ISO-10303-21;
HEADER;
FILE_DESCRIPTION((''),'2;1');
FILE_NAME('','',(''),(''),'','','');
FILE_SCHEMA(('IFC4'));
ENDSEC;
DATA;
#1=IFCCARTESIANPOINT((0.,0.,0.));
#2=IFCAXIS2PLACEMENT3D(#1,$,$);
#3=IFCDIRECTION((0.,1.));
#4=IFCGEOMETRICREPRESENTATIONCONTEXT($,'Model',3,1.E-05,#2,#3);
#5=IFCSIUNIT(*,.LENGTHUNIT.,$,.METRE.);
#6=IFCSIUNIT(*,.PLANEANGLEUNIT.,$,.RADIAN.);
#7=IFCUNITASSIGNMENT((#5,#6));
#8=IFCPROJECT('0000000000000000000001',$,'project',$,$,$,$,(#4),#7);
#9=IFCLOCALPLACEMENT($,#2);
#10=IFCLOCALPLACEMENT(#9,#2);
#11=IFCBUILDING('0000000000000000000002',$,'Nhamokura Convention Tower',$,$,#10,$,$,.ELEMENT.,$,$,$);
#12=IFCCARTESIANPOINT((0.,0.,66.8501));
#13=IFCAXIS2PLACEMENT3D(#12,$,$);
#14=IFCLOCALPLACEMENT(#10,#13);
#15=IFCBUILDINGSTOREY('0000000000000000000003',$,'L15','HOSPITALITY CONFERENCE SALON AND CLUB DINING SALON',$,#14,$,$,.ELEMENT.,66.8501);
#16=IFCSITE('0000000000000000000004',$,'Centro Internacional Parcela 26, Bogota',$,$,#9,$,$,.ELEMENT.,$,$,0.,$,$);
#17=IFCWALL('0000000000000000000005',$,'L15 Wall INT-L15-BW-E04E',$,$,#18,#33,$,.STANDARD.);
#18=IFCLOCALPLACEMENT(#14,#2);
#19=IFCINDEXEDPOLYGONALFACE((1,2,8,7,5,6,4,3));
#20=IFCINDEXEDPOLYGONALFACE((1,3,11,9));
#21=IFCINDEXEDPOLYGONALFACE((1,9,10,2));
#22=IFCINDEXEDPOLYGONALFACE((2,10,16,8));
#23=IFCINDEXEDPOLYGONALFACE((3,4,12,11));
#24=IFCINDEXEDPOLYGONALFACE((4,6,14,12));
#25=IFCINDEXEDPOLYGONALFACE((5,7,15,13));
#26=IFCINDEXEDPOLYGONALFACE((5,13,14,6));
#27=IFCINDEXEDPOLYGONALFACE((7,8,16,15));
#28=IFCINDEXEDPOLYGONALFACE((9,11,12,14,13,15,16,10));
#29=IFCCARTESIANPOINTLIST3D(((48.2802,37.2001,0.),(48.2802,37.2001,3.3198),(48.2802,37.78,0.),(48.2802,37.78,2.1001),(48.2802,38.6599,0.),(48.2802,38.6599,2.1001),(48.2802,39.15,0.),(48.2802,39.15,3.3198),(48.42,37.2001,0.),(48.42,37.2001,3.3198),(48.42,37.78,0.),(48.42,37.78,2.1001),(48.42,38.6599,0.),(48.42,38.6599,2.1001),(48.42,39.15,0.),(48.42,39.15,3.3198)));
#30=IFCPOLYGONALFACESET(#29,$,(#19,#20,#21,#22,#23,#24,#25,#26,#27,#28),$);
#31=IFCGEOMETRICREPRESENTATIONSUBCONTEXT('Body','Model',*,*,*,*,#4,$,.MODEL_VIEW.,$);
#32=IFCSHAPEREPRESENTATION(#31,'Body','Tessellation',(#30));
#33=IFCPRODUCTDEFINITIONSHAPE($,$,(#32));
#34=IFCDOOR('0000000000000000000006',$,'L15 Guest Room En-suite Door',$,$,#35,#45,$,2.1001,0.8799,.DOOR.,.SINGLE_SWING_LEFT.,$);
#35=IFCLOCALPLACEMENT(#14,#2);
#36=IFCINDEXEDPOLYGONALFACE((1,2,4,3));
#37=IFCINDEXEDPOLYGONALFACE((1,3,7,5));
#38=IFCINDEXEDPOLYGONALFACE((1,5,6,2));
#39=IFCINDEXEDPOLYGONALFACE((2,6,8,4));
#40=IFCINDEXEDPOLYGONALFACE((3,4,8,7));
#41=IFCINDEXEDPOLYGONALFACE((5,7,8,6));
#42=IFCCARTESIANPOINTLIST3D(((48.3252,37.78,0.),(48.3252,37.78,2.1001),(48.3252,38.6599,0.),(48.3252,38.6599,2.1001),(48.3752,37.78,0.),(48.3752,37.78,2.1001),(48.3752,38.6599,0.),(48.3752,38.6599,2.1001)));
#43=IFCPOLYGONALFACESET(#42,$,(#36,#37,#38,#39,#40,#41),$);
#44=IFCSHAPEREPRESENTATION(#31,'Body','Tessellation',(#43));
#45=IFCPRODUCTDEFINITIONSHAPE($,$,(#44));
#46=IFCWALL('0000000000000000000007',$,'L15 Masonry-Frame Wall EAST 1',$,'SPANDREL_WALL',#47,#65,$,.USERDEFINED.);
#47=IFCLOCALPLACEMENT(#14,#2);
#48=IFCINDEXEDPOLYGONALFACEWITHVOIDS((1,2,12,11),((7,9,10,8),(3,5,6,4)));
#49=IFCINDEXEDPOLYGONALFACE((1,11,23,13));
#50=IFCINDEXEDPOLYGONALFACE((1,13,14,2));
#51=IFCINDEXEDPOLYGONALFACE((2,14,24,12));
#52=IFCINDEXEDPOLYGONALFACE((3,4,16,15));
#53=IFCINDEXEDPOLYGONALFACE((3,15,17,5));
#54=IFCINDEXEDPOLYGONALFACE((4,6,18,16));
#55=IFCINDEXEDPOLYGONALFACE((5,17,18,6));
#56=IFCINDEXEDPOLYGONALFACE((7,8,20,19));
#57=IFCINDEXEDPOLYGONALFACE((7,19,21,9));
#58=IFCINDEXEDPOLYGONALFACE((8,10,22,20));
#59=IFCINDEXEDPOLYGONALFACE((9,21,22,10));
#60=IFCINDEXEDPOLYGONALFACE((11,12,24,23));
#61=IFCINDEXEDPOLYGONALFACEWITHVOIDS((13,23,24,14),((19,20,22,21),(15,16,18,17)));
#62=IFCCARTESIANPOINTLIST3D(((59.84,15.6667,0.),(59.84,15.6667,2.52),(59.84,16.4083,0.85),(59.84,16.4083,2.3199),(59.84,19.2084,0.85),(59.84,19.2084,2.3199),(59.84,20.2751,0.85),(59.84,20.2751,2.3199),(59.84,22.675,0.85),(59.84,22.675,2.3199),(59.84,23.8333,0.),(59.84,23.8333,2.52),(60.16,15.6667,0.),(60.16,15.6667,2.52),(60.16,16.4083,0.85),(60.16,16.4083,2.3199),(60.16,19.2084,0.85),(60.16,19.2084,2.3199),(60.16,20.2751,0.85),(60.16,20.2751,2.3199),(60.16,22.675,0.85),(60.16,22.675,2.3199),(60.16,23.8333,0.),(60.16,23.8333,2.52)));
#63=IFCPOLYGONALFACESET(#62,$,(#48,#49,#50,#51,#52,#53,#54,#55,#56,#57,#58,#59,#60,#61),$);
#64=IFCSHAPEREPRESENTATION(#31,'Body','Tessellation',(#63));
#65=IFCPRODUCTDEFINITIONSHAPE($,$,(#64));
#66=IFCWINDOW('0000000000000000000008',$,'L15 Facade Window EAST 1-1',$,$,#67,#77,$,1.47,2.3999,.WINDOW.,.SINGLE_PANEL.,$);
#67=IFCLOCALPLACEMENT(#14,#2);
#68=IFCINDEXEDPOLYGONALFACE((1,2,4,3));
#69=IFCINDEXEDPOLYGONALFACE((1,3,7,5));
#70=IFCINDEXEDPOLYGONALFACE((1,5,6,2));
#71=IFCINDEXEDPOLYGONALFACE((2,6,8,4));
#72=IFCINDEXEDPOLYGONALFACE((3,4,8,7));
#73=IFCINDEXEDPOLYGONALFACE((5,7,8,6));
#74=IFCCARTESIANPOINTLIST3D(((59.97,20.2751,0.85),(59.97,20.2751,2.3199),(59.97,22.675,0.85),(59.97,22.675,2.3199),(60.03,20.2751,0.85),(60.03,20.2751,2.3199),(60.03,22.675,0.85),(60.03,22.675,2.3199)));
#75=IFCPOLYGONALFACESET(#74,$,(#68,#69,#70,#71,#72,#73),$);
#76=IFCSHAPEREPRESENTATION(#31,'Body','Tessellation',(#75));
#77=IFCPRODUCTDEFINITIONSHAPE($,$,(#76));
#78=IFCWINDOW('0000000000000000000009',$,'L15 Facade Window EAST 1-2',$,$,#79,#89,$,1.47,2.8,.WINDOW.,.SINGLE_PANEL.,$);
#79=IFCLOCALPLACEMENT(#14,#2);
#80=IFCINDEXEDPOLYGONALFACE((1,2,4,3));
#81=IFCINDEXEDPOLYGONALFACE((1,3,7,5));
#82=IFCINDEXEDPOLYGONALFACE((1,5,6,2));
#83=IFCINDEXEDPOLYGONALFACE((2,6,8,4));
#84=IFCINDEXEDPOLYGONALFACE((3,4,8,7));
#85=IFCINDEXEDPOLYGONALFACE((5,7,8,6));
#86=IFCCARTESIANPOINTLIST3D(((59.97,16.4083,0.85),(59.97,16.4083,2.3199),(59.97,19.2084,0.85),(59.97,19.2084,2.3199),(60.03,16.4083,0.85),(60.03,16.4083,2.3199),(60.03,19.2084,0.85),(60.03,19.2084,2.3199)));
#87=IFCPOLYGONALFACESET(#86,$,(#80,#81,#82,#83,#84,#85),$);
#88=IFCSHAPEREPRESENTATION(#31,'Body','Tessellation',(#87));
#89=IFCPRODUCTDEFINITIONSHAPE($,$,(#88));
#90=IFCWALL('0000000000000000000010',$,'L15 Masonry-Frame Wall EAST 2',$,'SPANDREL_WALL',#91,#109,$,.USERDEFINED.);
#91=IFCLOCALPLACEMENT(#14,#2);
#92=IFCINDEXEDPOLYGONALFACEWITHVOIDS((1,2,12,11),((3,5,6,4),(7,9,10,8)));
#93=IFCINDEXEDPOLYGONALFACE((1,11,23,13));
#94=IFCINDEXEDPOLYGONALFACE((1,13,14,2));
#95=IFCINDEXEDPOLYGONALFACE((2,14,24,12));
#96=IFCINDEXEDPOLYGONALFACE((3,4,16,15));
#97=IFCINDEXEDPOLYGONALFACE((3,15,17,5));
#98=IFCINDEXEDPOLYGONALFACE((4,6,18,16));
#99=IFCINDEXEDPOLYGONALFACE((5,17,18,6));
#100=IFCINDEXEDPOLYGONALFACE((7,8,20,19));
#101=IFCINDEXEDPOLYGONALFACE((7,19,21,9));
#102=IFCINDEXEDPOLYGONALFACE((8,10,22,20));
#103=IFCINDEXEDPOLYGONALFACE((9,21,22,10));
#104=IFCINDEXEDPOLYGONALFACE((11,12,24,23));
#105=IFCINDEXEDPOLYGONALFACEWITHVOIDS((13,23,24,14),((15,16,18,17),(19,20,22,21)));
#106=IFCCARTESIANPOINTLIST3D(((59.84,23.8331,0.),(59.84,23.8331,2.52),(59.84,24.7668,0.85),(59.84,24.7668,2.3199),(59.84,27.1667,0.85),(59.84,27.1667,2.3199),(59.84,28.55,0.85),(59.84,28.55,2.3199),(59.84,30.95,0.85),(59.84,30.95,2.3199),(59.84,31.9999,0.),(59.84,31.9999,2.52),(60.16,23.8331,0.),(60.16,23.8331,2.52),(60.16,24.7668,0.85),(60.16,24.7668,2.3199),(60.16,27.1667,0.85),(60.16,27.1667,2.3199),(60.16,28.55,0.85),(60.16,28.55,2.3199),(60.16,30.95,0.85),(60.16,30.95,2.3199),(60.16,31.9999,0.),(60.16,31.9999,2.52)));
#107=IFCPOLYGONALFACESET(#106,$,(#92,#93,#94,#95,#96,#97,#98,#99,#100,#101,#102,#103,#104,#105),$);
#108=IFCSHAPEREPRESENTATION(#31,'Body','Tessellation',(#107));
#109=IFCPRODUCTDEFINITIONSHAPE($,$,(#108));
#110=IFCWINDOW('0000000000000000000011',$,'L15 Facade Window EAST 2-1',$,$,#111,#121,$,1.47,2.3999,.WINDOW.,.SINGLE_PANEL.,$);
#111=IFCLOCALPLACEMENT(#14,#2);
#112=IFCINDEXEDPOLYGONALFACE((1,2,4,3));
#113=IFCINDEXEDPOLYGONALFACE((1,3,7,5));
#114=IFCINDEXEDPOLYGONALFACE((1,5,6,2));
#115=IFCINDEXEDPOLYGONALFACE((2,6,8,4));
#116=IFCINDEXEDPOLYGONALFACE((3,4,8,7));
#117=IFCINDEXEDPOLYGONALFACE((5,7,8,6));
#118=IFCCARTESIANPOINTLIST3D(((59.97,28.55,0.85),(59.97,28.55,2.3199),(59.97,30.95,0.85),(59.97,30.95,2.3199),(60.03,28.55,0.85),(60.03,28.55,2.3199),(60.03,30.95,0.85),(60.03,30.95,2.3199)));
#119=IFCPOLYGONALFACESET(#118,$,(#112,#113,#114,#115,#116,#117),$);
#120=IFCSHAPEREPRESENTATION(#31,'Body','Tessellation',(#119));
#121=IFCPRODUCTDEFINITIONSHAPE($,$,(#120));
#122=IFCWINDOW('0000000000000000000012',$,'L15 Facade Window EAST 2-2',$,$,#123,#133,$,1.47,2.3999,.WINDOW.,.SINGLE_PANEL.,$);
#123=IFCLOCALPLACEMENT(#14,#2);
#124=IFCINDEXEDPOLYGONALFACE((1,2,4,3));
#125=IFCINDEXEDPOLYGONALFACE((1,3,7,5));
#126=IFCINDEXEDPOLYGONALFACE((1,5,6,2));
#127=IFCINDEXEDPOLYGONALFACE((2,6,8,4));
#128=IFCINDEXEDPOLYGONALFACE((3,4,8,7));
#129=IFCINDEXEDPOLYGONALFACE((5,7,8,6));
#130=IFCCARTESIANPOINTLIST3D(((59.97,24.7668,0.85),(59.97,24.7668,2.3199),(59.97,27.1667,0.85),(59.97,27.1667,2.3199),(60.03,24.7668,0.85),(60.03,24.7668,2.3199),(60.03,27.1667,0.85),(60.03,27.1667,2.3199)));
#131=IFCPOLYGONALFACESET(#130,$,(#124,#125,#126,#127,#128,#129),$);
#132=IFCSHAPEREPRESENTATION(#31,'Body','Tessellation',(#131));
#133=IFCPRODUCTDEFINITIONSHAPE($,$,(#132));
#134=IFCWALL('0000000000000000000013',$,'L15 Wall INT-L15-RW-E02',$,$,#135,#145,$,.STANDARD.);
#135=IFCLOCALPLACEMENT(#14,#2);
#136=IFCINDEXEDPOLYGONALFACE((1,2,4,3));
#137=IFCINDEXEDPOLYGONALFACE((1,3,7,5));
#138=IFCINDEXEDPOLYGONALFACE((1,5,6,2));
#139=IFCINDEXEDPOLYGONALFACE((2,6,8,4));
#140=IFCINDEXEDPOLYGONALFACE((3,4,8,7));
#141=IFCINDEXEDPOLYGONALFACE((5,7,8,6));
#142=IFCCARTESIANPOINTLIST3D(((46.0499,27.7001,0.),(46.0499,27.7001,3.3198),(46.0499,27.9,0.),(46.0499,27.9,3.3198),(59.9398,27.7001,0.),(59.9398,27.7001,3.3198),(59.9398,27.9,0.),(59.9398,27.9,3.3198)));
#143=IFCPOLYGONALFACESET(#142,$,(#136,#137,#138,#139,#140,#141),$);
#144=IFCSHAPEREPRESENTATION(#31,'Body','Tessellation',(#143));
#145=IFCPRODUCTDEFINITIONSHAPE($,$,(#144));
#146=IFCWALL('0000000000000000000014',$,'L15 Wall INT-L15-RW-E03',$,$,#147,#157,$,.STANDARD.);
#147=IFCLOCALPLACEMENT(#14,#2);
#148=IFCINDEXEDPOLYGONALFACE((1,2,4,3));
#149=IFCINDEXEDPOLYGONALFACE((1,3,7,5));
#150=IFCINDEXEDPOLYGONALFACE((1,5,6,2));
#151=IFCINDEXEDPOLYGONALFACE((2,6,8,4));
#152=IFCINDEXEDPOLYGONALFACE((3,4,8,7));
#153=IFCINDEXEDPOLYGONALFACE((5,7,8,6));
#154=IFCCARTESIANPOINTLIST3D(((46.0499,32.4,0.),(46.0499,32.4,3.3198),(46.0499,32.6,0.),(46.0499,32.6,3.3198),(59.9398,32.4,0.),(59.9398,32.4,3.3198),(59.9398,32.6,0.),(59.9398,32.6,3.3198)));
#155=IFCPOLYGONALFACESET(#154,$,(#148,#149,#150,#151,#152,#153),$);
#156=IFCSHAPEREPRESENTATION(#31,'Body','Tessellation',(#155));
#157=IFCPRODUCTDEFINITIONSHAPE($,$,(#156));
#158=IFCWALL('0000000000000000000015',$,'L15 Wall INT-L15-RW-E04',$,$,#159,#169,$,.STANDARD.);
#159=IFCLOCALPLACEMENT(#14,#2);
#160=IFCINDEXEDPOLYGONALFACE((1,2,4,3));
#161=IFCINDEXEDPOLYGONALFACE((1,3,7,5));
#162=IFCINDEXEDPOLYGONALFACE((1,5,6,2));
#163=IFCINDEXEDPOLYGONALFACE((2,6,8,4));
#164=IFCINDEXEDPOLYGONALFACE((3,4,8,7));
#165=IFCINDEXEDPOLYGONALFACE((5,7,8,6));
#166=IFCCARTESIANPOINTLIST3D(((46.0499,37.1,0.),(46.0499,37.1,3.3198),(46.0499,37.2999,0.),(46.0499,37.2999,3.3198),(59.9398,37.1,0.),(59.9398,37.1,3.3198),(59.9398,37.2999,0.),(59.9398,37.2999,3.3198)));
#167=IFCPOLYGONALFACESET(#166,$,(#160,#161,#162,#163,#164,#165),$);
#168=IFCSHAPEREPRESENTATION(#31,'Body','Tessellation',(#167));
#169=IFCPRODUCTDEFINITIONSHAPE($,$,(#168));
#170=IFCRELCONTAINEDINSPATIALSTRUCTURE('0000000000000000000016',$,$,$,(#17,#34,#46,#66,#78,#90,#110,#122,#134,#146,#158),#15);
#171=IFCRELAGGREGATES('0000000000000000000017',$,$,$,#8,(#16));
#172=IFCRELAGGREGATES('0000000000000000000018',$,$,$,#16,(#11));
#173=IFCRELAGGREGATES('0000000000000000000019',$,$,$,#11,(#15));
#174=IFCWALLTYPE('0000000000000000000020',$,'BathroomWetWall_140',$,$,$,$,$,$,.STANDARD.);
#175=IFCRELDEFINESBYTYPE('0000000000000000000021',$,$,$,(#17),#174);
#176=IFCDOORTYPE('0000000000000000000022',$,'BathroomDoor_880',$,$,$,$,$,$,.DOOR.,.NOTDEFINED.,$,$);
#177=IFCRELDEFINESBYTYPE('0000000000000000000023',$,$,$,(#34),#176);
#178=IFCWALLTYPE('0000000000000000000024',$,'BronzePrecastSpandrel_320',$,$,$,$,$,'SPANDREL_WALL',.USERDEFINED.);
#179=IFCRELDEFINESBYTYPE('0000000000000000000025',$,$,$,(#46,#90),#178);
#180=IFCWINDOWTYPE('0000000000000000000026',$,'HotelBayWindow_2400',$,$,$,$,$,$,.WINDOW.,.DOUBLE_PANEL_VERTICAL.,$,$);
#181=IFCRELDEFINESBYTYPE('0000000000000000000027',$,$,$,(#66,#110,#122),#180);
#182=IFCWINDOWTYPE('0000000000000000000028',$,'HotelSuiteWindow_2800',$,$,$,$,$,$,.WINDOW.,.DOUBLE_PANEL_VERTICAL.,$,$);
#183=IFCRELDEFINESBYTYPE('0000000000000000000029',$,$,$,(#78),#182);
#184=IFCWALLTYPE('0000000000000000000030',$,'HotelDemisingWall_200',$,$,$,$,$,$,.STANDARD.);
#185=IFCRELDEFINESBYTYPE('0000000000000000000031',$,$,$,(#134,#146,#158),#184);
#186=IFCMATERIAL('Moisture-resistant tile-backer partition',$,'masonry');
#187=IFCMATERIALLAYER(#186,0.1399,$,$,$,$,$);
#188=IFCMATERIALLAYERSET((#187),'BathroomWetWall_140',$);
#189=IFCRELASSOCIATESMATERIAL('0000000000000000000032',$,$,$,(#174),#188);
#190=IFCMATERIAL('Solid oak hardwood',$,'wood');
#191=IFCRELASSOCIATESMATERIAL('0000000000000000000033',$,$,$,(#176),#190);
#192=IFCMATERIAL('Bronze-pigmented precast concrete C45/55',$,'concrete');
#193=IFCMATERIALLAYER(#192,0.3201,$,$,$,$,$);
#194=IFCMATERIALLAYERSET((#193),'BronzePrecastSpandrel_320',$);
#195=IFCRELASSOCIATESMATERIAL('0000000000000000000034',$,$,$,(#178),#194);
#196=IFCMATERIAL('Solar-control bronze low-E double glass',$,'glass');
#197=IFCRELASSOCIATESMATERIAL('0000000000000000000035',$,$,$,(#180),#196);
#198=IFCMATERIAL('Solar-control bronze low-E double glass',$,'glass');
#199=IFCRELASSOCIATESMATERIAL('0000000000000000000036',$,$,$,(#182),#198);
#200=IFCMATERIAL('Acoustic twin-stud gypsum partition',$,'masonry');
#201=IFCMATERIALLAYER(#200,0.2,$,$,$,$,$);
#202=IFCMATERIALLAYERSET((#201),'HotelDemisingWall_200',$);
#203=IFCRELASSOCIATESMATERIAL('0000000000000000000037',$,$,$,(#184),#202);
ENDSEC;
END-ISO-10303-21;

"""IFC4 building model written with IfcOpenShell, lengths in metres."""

from ifc_helpers import new_model, si_unit, direction, frame, frame_2d, origin, place, context, subcontext, project, spatial, rectangle, extrude, material, layer, layer_set, type_object, element, fill, save


model = new_model("IFC4")

# Units and contexts
model_context = context("Model", 3, precision=1e-05, world=origin(), true_north=direction((0.0, 1.0)))
body_context = subcontext(model_context, "Body", "Model", "MODEL_VIEW")
ifc_project = project(units=[si_unit("LENGTHUNIT", "METRE"), si_unit("PLANEANGLEUNIT", "RADIAN")], contexts=[model_context])

# Site, building, storey
site_placement = place(None, origin())
site = spatial("IfcSite", under=ifc_project, at=site_placement, Name="Centro Internacional Parcela 26, Bogota", CompositionType="ELEMENT", RefElevation=0.0)
building_placement = place(site_placement, origin())
building = spatial("IfcBuilding", under=site, at=building_placement, Name="Nhamokura Convention Tower", CompositionType="ELEMENT")
storey_placement = place(building_placement, frame((0.0, 0.0, 66.8501)))
storey = spatial("IfcBuildingStorey", under=building, at=storey_placement, Name="L15", Description="HOSPITALITY CONFERENCE SALON AND CLUB DINING SALON", CompositionType="ELEMENT", Elevation=66.8501)

# Shared definitions
ifc_material_1 = material(Name="Moisture-resistant tile-backer partition", Category="masonry")
ifc_layer_1 = layer(ifc_material_1, 0.1399)
ifc_layer_set_1 = layer_set([ifc_layer_1], Name="BathroomWetWall_140")
wall_type_1 = type_object("IfcWallType", Name="BathroomWetWall_140", PredefinedType="STANDARD", material=ifc_layer_set_1)

# Wall, opening, door
ifc_material_2 = material(Name="Solid oak hardwood", Category="wood")
door_type_1 = type_object("IfcDoorType", Name="BathroomDoor_880", OperationType="NOTDEFINED", PredefinedType="DOOR", material=ifc_material_2)
wall_1_placement = place(storey_placement, frame((48.3501, 37.2, 0.0), z_axis=(0.0, 0.0, 1.0), x_axis=(0.0, 1.0, 0.0)))
wall_1 = element("IfcWall", 1, at=wall_1_placement, inside=storey, type_object=wall_type_1, Name="L15 Wall INT-L15-BW-E04E", PredefinedType="STANDARD", context=body_context, shape_type="SweptSolid", body=[
    extrude(rectangle(XDim=1.95, YDim=0.1399, at=frame_2d((0.9751, 0.0))), origin(), (0.0, 0.0, 1.0), 3.3198),
])
opening_1_placement = place(wall_1_placement, frame((0.5801, 0.0, 0.0)))
opening_1 = element("IfcOpeningElement", 2, at=opening_1_placement, cuts=wall_1, PredefinedType="OPENING", context=body_context, shape_type="SweptSolid", body=[
    extrude(rectangle(XDim=0.8799, YDim=2.1001, at=frame_2d((0.4399, 1.05))), frame((0.0, 0.0798, 0.0), z_axis=(0.0, -1.0, 0.0), x_axis=(1.0, 0.0, 0.0)), (0.0, 0.0, 1.0), 0.1599),
])
door_1_placement = place(opening_1_placement, origin())
door_1 = element("IfcDoor", 3, at=door_1_placement, inside=storey, type_object=door_type_1, Name="L15 Guest Room En-suite Door", OperationType="SINGLE_SWING_LEFT", OverallHeight=2.1001, OverallWidth=0.8799, PredefinedType="DOOR", context=body_context, shape_type="SweptSolid", body=[
    extrude(rectangle(XDim=0.8799, YDim=2.1001, at=frame_2d((0.4399, 1.05))), frame((0.0, 0.0249, 0.0), z_axis=(0.0, -1.0, 0.0), x_axis=(1.0, 0.0, 0.0)), (0.0, 0.0, 1.0), 0.05),
])
fill(opening_1, door_1)

# Walls, openings, windows
ifc_material_3 = material(Name="Bronze-pigmented precast concrete C45/55", Category="concrete")
ifc_layer_2 = layer(ifc_material_3, 0.3201)
ifc_layer_set_2 = layer_set([ifc_layer_2], Name="BronzePrecastSpandrel_320")
wall_type_2 = type_object("IfcWallType", Name="BronzePrecastSpandrel_320", ElementType="SPANDREL_WALL", PredefinedType="USERDEFINED", material=ifc_layer_set_2)
wall_2_placement = place(storey_placement, frame((60.0, 23.8333, 0.0), z_axis=(0.0, 0.0, 1.0), x_axis=(0.0, -1.0, 0.0)))
wall_2 = element("IfcWall", 4, at=wall_2_placement, inside=storey, type_object=wall_type_2, Name="L15 Masonry-Frame Wall EAST 1", ObjectType="SPANDREL_WALL", PredefinedType="USERDEFINED", context=body_context, shape_type="SweptSolid", body=[
    extrude(rectangle(XDim=8.1665, YDim=0.3201, at=frame_2d((4.0833, 0.0))), origin(), (0.0, 0.0, 1.0), 2.52),
])
opening_2_placement = place(wall_2_placement, frame((1.1582, 0.0, 0.8501)))
opening_2 = element("IfcOpeningElement", 5, at=opening_2_placement, cuts=wall_2, PredefinedType="OPENING", context=body_context, shape_type="SweptSolid", body=[
    extrude(rectangle(XDim=2.3999, YDim=1.47, at=frame_2d((1.2, 0.7349))), frame((0.0, 0.1699, 0.0), z_axis=(0.0, -1.0, 0.0), x_axis=(1.0, 0.0, 0.0)), (0.0, 0.0, 1.0), 0.3401),
])
opening_3_placement = place(wall_2_placement, frame((4.625, 0.0, 0.8501)))
opening_3 = element("IfcOpeningElement", 6, at=opening_3_placement, cuts=wall_2, PredefinedType="OPENING", context=body_context, shape_type="SweptSolid", body=[
    extrude(rectangle(XDim=2.8, YDim=1.47, at=frame_2d((1.3999, 0.7349))), frame((0.0, 0.1699, 0.0), z_axis=(0.0, -1.0, 0.0), x_axis=(1.0, 0.0, 0.0)), (0.0, 0.0, 1.0), 0.3401),
])
ifc_material_4 = material(Name="Solar-control bronze low-E double glass", Category="glass")
window_type_1 = type_object("IfcWindowType", Name="HotelBayWindow_2400", PartitioningType="DOUBLE_PANEL_VERTICAL", PredefinedType="WINDOW", material=ifc_material_4)
window_1_placement = place(opening_2_placement, origin())
window_1 = element("IfcWindow", 7, at=window_1_placement, inside=storey, type_object=window_type_1, Name="L15 Facade Window EAST 1-1", OverallHeight=1.47, OverallWidth=2.3999, PartitioningType="SINGLE_PANEL", PredefinedType="WINDOW", context=body_context, shape_type="SweptSolid", body=[
    extrude(rectangle(XDim=2.3999, YDim=1.47, at=frame_2d((1.2, 0.7349))), frame((0.0, 0.03, 0.0), z_axis=(0.0, -1.0, 0.0), x_axis=(1.0, 0.0, 0.0)), (0.0, 0.0, 1.0), 0.0601),
])
fill(opening_2, window_1)
ifc_material_5 = material(Name="Solar-control bronze low-E double glass", Category="glass")
window_type_2 = type_object("IfcWindowType", Name="HotelSuiteWindow_2800", PartitioningType="DOUBLE_PANEL_VERTICAL", PredefinedType="WINDOW", material=ifc_material_5)
window_2_placement = place(opening_3_placement, origin())
window_2 = element("IfcWindow", 8, at=window_2_placement, inside=storey, type_object=window_type_2, Name="L15 Facade Window EAST 1-2", OverallHeight=1.47, OverallWidth=2.8, PartitioningType="SINGLE_PANEL", PredefinedType="WINDOW", context=body_context, shape_type="SweptSolid", body=[
    extrude(rectangle(XDim=2.8, YDim=1.47, at=frame_2d((1.3999, 0.7349))), frame((0.0, 0.03, 0.0), z_axis=(0.0, -1.0, 0.0), x_axis=(1.0, 0.0, 0.0)), (0.0, 0.0, 1.0), 0.0601),
])
fill(opening_3, window_2)
wall_3_placement = place(storey_placement, frame((60.0, 32.0, 0.0), z_axis=(0.0, 0.0, 1.0), x_axis=(0.0, -1.0, 0.0)))
wall_3 = element("IfcWall", 9, at=wall_3_placement, inside=storey, type_object=wall_type_2, Name="L15 Masonry-Frame Wall EAST 2", ObjectType="SPANDREL_WALL", PredefinedType="USERDEFINED", context=body_context, shape_type="SweptSolid", body=[
    extrude(rectangle(XDim=8.1667, YDim=0.3201, at=frame_2d((4.0835, 0.0))), origin(), (0.0, 0.0, 1.0), 2.52),
])
opening_4_placement = place(wall_3_placement, frame((1.05, 0.0, 0.8501)))
opening_4 = element("IfcOpeningElement", 10, at=opening_4_placement, cuts=wall_3, PredefinedType="OPENING", context=body_context, shape_type="SweptSolid", body=[
    extrude(rectangle(XDim=2.3999, YDim=1.47, at=frame_2d((1.2, 0.7349))), frame((0.0, 0.1699, 0.0), z_axis=(0.0, -1.0, 0.0), x_axis=(1.0, 0.0, 0.0)), (0.0, 0.0, 1.0), 0.3401),
])
opening_5_placement = place(wall_3_placement, frame((4.8333, 0.0, 0.8501)))
opening_5 = element("IfcOpeningElement", 11, at=opening_5_placement, cuts=wall_3, PredefinedType="OPENING", context=body_context, shape_type="SweptSolid", body=[
    extrude(rectangle(XDim=2.3999, YDim=1.47, at=frame_2d((1.2, 0.7349))), frame((0.0, 0.1699, 0.0), z_axis=(0.0, -1.0, 0.0), x_axis=(1.0, 0.0, 0.0)), (0.0, 0.0, 1.0), 0.3401),
])
window_3_placement = place(opening_4_placement, origin())
window_3 = element("IfcWindow", 12, at=window_3_placement, inside=storey, type_object=window_type_1, Name="L15 Facade Window EAST 2-1", OverallHeight=1.47, OverallWidth=2.3999, PartitioningType="SINGLE_PANEL", PredefinedType="WINDOW", context=body_context, shape_type="SweptSolid", body=[
    extrude(rectangle(XDim=2.3999, YDim=1.47, at=frame_2d((1.2, 0.7349))), frame((0.0, 0.03, 0.0), z_axis=(0.0, -1.0, 0.0), x_axis=(1.0, 0.0, 0.0)), (0.0, 0.0, 1.0), 0.0601),
])
fill(opening_4, window_3)
window_4_placement = place(opening_5_placement, origin())
window_4 = element("IfcWindow", 13, at=window_4_placement, inside=storey, type_object=window_type_1, Name="L15 Facade Window EAST 2-2", OverallHeight=1.47, OverallWidth=2.3999, PartitioningType="SINGLE_PANEL", PredefinedType="WINDOW", context=body_context, shape_type="SweptSolid", body=[
    extrude(rectangle(XDim=2.3999, YDim=1.47, at=frame_2d((1.2, 0.7349))), frame((0.0, 0.03, 0.0), z_axis=(0.0, -1.0, 0.0), x_axis=(1.0, 0.0, 0.0)), (0.0, 0.0, 1.0), 0.0601),
])
fill(opening_5, window_4)

# Walls
ifc_material_6 = material(Name="Acoustic twin-stud gypsum partition", Category="masonry")
ifc_layer_3 = layer(ifc_material_6, 0.2)
ifc_layer_set_3 = layer_set([ifc_layer_3], Name="HotelDemisingWall_200")
wall_type_3 = type_object("IfcWallType", Name="HotelDemisingWall_200", PredefinedType="STANDARD", material=ifc_layer_set_3)
for number, where, z_axis, x_axis, name in (
    (14, (46.05, 27.8, 0.0), (0.0, 0.0, 1.0), (1.0, 0.0, 0.0), "L15 Wall INT-L15-RW-E02"),
    (15, (46.05, 32.5, 0.0), (0.0, 0.0, 1.0), (1.0, 0.0, 0.0), "L15 Wall INT-L15-RW-E03"),
    (16, (46.05, 37.2, 0.0), (0.0, 0.0, 1.0), (1.0, 0.0, 0.0), "L15 Wall INT-L15-RW-E04"),
):
    element("IfcWall", number, at=place(storey_placement, frame(where, z_axis=z_axis, x_axis=x_axis)), inside=storey, type_object=wall_type_3, Name=name, PredefinedType="STANDARD", context=body_context, shape_type="SweptSolid", body=[
        extrude(rectangle(XDim=13.8899, YDim=0.2, at=frame_2d((6.9448, 0.0))), origin(), (0.0, 0.0, 1.0), 3.3198),
    ])

save(model, "model.ifc")
